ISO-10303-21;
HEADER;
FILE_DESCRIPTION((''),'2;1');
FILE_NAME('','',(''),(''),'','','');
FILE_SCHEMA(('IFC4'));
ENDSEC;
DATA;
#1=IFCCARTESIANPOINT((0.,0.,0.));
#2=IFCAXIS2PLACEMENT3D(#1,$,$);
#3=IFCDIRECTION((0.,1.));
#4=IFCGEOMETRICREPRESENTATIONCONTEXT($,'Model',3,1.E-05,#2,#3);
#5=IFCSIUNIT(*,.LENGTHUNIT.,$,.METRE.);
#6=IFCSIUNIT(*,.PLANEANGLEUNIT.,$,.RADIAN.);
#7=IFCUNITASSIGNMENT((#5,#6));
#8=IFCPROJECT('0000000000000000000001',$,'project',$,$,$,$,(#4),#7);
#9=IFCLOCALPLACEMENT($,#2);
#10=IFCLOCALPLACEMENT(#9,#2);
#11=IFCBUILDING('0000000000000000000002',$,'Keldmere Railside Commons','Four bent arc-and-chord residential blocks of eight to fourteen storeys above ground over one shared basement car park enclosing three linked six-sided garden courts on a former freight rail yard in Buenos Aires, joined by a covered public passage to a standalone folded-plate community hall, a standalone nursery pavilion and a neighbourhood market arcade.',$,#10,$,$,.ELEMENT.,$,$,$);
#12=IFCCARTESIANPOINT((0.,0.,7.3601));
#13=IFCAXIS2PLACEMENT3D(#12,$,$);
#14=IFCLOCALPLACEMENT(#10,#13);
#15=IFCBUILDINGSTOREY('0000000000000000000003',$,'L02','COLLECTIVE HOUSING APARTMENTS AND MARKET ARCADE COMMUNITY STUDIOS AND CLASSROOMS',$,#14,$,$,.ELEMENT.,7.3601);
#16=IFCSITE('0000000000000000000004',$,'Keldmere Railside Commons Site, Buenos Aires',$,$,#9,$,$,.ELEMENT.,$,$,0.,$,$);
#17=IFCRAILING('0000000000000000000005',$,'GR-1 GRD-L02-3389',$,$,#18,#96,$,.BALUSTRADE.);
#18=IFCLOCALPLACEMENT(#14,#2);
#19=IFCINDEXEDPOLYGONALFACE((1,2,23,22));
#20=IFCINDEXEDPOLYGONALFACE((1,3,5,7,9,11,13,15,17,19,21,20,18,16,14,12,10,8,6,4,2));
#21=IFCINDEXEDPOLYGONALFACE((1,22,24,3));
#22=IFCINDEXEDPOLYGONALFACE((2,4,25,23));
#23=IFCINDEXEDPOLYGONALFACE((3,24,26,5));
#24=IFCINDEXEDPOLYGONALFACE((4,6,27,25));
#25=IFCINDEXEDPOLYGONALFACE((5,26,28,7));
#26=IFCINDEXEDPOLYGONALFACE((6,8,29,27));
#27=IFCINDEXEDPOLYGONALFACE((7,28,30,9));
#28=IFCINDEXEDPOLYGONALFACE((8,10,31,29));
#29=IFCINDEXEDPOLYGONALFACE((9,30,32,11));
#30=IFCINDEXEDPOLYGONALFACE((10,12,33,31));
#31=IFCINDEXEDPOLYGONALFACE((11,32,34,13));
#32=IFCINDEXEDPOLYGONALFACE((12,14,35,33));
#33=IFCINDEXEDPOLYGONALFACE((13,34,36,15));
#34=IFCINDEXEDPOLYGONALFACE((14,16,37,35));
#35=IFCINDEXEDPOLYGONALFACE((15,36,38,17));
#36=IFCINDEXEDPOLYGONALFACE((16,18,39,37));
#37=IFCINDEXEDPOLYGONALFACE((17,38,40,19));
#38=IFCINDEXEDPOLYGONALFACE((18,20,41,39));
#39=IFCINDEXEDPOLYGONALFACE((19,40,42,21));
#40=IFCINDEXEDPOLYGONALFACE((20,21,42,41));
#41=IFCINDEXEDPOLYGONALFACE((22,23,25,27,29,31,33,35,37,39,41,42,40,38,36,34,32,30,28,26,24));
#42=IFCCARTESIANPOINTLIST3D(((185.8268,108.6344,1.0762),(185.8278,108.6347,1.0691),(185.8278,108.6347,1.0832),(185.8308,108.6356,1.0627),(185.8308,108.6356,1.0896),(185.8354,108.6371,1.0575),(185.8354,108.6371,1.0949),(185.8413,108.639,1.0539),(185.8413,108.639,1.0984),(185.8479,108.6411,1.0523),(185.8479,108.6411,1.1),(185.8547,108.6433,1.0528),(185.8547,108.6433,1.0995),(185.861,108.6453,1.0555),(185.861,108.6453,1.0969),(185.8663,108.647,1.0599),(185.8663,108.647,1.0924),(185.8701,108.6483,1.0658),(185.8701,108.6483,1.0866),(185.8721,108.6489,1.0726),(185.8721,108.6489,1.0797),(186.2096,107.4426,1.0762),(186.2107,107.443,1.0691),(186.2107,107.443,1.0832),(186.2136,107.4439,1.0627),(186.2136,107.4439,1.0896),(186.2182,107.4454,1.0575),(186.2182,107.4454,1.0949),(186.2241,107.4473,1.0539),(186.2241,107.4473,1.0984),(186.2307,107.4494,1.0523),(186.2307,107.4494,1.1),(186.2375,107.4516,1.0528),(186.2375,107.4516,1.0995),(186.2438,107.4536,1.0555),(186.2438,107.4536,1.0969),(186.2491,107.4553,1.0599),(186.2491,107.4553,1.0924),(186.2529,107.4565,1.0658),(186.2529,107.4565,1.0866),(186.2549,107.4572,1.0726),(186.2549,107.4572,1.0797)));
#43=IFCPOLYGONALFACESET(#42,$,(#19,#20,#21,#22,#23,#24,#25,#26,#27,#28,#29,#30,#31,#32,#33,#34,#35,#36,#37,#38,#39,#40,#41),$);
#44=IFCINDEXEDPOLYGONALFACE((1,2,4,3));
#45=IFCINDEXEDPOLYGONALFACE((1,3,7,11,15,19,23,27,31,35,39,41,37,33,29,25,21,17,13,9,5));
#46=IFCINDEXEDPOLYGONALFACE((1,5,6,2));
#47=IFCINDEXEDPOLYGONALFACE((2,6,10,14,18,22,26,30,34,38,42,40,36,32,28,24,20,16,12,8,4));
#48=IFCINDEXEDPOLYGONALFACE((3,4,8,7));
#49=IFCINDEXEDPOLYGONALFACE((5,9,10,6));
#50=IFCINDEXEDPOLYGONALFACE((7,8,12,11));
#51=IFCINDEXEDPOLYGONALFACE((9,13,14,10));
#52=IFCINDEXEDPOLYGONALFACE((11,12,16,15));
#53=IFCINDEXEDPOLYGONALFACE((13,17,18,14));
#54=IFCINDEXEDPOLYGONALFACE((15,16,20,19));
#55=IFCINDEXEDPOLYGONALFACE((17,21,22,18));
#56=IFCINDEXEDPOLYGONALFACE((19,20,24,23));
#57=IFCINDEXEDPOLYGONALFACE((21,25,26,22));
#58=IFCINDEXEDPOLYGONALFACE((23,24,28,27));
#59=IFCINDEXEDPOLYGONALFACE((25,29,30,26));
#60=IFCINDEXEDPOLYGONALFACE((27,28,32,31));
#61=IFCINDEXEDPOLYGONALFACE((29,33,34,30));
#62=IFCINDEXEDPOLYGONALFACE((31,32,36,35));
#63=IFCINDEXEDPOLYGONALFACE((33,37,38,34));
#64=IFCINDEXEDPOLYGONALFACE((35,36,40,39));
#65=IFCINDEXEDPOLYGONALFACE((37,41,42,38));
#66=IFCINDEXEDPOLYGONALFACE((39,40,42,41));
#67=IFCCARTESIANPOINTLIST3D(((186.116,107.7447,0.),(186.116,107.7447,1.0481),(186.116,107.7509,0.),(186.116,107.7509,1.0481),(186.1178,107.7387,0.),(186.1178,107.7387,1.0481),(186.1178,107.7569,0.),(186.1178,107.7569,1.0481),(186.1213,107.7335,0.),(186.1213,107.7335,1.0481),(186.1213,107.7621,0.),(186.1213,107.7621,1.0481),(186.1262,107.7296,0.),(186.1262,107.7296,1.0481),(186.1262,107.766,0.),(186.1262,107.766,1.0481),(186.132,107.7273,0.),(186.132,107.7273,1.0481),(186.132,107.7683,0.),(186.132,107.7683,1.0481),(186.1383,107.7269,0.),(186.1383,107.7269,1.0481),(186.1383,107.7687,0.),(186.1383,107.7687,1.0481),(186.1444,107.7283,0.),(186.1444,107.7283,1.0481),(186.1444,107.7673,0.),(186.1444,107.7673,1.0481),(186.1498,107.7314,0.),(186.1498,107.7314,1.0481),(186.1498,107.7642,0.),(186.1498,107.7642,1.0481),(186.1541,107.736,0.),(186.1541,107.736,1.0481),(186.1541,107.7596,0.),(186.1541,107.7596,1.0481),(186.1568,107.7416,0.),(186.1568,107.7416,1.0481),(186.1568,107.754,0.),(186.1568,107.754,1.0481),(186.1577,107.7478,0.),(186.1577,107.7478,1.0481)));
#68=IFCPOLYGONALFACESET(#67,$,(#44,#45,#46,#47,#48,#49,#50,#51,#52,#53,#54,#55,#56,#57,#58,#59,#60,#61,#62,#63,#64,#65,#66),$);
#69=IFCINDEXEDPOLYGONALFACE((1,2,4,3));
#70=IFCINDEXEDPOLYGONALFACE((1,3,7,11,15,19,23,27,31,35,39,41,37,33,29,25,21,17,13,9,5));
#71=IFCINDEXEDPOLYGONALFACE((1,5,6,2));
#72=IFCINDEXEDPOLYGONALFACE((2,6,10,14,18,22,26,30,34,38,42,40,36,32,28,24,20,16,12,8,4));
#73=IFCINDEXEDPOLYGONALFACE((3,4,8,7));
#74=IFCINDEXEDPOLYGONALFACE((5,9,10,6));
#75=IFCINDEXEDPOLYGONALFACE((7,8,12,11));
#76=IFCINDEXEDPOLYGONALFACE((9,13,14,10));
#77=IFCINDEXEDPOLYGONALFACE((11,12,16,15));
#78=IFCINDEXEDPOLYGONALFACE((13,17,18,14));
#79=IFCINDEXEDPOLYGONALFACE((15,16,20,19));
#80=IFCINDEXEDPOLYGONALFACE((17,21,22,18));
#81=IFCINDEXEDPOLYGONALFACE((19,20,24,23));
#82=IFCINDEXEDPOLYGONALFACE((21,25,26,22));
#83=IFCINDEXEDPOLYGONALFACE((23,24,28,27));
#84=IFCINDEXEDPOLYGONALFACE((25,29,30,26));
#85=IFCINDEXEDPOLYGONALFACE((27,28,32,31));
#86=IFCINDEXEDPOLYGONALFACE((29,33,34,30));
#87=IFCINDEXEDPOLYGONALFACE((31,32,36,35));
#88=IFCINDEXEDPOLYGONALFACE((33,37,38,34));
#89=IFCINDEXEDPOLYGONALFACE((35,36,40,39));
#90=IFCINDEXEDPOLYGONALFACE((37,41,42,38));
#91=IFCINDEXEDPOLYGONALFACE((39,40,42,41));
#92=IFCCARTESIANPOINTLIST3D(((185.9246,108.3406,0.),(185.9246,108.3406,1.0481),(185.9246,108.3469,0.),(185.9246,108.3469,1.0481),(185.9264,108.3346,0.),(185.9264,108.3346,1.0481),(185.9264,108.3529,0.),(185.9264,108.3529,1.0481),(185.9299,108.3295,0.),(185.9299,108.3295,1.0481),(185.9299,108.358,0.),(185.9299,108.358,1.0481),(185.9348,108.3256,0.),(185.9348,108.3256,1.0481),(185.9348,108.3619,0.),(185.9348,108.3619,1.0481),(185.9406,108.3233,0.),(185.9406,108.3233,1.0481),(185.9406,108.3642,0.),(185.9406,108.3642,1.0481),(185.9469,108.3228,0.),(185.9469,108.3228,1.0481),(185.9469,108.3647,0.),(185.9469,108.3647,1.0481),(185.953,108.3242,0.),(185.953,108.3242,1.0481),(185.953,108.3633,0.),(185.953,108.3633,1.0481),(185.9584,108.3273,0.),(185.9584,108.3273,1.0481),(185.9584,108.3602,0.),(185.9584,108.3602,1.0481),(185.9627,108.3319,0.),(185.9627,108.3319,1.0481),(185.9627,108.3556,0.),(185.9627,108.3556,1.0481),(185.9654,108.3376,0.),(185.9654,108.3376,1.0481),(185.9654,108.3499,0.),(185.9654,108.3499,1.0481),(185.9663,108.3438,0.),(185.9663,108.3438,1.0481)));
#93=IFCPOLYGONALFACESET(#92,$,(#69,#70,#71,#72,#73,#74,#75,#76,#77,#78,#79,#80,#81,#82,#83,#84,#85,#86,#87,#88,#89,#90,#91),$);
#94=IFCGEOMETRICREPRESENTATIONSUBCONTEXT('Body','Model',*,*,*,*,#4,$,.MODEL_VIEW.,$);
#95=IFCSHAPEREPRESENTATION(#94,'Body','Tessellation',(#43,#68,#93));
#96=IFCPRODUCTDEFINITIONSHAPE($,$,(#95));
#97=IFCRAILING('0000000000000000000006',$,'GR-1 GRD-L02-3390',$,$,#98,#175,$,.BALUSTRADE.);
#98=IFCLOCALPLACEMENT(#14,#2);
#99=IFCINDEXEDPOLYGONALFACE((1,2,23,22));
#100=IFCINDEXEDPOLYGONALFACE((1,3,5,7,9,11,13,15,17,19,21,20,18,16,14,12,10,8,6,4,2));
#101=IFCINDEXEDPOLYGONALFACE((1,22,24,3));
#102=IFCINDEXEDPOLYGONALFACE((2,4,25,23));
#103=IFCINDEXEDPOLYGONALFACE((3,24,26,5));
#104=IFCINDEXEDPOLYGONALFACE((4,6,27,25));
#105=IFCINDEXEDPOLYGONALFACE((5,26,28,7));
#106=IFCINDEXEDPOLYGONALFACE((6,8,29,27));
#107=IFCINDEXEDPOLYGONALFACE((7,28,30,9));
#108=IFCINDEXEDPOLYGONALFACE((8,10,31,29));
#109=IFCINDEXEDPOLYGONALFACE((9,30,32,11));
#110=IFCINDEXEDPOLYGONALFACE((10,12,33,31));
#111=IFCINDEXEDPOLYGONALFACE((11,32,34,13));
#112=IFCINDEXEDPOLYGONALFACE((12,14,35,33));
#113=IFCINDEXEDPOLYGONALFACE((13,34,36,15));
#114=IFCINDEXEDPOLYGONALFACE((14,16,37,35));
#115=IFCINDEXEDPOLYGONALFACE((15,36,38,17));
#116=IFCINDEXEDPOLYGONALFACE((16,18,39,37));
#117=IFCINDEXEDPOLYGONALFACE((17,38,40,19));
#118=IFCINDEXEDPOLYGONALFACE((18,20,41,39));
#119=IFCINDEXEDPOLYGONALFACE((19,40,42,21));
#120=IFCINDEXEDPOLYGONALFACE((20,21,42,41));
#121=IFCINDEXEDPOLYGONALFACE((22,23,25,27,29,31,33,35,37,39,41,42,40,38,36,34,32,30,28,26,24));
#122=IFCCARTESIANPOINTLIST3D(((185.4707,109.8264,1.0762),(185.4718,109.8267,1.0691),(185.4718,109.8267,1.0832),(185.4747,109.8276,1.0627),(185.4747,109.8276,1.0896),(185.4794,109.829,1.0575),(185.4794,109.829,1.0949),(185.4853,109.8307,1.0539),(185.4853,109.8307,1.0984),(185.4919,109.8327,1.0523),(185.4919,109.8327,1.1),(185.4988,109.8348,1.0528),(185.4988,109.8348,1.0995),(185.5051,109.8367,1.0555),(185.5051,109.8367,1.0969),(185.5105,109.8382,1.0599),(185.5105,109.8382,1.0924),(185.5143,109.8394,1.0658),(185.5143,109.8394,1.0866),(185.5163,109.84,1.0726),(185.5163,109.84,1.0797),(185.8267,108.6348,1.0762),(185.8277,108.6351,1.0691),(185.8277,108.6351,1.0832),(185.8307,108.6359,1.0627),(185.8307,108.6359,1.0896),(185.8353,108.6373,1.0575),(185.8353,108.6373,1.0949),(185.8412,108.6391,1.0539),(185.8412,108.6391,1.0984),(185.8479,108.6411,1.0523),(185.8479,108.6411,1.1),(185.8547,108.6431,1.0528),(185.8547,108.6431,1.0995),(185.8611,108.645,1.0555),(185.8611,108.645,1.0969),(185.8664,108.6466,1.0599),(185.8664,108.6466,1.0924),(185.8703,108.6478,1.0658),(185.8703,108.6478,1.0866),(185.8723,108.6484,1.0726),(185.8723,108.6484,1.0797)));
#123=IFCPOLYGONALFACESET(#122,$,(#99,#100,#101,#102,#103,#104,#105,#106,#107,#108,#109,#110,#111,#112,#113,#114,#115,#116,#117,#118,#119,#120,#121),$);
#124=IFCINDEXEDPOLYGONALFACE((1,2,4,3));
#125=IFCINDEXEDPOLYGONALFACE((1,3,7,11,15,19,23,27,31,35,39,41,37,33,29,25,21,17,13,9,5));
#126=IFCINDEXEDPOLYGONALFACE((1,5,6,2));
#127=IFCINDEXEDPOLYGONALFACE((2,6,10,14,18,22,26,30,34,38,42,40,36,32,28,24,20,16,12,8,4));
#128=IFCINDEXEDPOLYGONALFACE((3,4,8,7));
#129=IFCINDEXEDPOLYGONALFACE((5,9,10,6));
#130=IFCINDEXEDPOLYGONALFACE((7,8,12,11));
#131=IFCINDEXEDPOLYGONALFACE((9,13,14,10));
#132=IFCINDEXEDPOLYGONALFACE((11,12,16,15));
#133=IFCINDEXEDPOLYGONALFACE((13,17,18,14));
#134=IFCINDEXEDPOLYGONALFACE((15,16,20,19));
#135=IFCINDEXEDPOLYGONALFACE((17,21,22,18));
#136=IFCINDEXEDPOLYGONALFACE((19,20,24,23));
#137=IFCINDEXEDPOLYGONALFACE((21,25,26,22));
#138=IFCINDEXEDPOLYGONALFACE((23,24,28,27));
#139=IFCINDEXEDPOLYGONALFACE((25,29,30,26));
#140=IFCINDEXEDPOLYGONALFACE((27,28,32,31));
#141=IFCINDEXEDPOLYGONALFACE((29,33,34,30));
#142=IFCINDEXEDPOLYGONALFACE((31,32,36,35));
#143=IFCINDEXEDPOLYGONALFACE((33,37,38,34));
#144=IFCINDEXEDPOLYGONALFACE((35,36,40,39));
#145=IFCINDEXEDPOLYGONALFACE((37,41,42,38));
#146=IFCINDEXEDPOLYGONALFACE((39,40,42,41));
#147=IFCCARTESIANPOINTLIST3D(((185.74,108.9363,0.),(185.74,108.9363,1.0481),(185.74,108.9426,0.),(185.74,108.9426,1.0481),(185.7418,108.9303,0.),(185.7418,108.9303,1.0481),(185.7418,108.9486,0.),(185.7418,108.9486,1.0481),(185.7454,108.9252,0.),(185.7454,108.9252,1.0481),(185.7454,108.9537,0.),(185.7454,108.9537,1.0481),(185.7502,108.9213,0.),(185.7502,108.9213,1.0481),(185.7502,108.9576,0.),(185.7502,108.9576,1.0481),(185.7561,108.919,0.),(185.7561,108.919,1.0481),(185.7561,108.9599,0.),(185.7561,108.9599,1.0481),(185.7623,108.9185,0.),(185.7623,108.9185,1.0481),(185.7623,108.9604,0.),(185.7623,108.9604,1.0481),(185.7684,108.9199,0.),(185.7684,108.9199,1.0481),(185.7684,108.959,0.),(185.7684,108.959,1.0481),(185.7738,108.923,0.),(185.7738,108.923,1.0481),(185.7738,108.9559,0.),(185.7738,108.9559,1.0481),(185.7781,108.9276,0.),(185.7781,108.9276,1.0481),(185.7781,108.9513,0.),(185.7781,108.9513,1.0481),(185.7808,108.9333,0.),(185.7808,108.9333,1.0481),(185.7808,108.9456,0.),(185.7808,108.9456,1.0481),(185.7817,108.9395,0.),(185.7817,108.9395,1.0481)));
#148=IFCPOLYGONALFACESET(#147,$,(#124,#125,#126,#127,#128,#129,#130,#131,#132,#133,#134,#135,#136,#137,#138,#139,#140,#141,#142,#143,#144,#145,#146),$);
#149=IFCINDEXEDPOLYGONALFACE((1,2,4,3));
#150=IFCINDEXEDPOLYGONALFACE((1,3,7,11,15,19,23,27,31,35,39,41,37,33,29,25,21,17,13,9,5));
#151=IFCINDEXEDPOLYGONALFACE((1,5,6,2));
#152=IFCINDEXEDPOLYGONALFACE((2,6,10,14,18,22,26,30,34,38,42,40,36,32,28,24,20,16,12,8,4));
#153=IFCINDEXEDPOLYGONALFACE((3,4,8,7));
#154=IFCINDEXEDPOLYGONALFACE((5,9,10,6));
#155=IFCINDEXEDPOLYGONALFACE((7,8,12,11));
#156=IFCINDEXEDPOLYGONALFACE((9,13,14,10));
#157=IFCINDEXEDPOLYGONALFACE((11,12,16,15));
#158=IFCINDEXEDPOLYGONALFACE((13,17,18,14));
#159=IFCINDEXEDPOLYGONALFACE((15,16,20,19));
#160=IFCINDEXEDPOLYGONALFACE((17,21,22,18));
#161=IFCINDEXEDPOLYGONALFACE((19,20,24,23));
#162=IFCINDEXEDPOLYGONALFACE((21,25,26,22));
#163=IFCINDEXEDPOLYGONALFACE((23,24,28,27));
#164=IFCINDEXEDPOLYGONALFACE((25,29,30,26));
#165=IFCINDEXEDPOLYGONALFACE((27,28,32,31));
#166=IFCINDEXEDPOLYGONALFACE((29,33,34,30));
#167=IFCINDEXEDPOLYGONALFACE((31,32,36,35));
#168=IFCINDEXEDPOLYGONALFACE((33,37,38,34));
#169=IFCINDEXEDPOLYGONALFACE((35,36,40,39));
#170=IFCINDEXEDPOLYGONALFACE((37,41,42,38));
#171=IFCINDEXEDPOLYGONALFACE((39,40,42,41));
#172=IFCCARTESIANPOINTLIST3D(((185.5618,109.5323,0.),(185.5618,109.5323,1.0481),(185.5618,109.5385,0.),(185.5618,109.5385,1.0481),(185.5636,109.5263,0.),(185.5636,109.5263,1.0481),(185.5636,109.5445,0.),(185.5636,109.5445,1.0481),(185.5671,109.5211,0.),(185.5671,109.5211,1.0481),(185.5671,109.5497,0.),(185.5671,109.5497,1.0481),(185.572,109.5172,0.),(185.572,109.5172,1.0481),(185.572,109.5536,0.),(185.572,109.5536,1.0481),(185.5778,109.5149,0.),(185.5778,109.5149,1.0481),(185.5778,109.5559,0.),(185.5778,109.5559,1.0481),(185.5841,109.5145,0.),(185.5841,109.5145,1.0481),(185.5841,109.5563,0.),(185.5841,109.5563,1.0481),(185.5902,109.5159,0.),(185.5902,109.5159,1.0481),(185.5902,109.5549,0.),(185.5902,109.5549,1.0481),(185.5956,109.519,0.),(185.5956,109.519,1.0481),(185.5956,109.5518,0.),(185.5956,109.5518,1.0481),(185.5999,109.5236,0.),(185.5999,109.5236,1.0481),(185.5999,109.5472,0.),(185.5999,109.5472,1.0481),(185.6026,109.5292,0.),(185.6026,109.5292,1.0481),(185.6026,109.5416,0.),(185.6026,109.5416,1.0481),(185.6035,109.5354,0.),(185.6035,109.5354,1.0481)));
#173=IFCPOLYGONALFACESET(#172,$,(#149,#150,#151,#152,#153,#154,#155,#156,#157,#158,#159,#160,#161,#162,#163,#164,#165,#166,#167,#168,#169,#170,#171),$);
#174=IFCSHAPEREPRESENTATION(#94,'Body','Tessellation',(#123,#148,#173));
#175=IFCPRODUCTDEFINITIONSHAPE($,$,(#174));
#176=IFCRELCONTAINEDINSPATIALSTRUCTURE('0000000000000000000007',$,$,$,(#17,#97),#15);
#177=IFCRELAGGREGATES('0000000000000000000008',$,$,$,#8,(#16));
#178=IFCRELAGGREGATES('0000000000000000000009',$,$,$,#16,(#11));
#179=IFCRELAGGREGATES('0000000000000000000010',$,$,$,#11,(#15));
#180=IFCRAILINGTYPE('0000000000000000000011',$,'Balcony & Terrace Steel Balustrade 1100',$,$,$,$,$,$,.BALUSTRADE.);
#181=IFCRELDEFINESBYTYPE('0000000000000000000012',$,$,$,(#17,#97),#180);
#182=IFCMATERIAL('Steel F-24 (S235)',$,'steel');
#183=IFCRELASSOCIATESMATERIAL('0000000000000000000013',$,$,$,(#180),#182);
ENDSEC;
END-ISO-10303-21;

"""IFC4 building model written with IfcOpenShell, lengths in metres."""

from ifc_helpers import new_model, si_unit, direction, frame, origin, origin_2d, place, context, subcontext, project, spatial, circle, extrude, material, type_object, element, save


model = new_model("IFC4")

# Units and contexts
model_context = context("Model", 3, precision=1e-05, world=origin(), true_north=direction((0.0, 1.0)))
body_context = subcontext(model_context, "Body", "Model", "MODEL_VIEW")
ifc_project = project(units=[si_unit("LENGTHUNIT", "METRE"), si_unit("PLANEANGLEUNIT", "RADIAN")], contexts=[model_context])

# Site, building, storey
site_placement = place(None, origin())
site = spatial("IfcSite", under=ifc_project, at=site_placement, Name="Keldmere Railside Commons Site, Buenos Aires", CompositionType="ELEMENT", RefElevation=0.0)
building_placement = place(site_placement, origin())
building = spatial("IfcBuilding", under=site, at=building_placement, Name="Keldmere Railside Commons", Description="Four bent arc-and-chord residential blocks of eight to fourteen storeys above ground over one shared basement car park enclosing three linked six-sided garden courts on a former freight rail yard in Buenos Aires, joined by a covered public passage to a standalone folded-plate community hall, a standalone nursery pavilion and a neighbourhood market arcade.", CompositionType="ELEMENT")
storey_placement = place(building_placement, frame((0.0, 0.0, 7.3601)))
storey = spatial("IfcBuildingStorey", under=building, at=storey_placement, Name="L02", Description="COLLECTIVE HOUSING APARTMENTS AND MARKET ARCADE COMMUNITY STUDIOS AND CLASSROOMS", CompositionType="ELEMENT", Elevation=7.3601)

# Railings
ifc_material_1 = material(Name="Steel F-24 (S235)", Category="steel")
railing_type = type_object("IfcRailingType", Name="Balcony & Terrace Steel Balustrade 1100", PredefinedType="BALUSTRADE", material=ifc_material_1)
railing_1_placement = place(storey_placement, frame((186.2324, 107.45, 0.0)))
element("IfcRailing", 1, at=railing_1_placement, inside=storey, type_object=railing_type, Name="GR-1 GRD-L02-3389", PredefinedType="BALUSTRADE", context=body_context, shape_type="SweptSolid", body=[
    extrude(circle(Radius=0.0239, at=origin_2d()), frame((0.0, 0.0, 1.0762), z_axis=(-0.305851, 0.952079, 0.0), x_axis=(-0.952079, -0.305851, 0.0)), (0.0, 0.0, 1.0), 1.2517),
    extrude(circle(Radius=0.021, at=origin_2d()), frame((-0.0957, 0.2979, 0.0)), (0.0, 0.0, 1.0), 1.0481),
    extrude(circle(Radius=0.021, at=origin_2d()), frame((-0.2871, 0.8938, 0.0)), (0.0, 0.0, 1.0), 1.0481),
])
railing_2_placement = place(storey_placement, frame((185.8496, 108.6416, 0.0)))
element("IfcRailing", 2, at=railing_2_placement, inside=storey, type_object=railing_type, Name="GR-1 GRD-L02-3390", PredefinedType="BALUSTRADE", context=body_context, shape_type="SweptSolid", body=[
    extrude(circle(Radius=0.0239, at=origin_2d()), frame((0.0, 0.0, 1.0762), z_axis=(-0.286213, 0.958166, 0.0), x_axis=(-0.958166, -0.286213, 0.0)), (0.0, 0.0, 1.0), 1.2437),
    extrude(circle(Radius=0.021, at=origin_2d()), frame((-0.0889, 0.2979, 0.0)), (0.0, 0.0, 1.0), 1.0481),
    extrude(circle(Radius=0.021, at=origin_2d()), frame((-0.2671, 0.8938, 0.0)), (0.0, 0.0, 1.0), 1.0481),
])

save(model, "model.ifc")
